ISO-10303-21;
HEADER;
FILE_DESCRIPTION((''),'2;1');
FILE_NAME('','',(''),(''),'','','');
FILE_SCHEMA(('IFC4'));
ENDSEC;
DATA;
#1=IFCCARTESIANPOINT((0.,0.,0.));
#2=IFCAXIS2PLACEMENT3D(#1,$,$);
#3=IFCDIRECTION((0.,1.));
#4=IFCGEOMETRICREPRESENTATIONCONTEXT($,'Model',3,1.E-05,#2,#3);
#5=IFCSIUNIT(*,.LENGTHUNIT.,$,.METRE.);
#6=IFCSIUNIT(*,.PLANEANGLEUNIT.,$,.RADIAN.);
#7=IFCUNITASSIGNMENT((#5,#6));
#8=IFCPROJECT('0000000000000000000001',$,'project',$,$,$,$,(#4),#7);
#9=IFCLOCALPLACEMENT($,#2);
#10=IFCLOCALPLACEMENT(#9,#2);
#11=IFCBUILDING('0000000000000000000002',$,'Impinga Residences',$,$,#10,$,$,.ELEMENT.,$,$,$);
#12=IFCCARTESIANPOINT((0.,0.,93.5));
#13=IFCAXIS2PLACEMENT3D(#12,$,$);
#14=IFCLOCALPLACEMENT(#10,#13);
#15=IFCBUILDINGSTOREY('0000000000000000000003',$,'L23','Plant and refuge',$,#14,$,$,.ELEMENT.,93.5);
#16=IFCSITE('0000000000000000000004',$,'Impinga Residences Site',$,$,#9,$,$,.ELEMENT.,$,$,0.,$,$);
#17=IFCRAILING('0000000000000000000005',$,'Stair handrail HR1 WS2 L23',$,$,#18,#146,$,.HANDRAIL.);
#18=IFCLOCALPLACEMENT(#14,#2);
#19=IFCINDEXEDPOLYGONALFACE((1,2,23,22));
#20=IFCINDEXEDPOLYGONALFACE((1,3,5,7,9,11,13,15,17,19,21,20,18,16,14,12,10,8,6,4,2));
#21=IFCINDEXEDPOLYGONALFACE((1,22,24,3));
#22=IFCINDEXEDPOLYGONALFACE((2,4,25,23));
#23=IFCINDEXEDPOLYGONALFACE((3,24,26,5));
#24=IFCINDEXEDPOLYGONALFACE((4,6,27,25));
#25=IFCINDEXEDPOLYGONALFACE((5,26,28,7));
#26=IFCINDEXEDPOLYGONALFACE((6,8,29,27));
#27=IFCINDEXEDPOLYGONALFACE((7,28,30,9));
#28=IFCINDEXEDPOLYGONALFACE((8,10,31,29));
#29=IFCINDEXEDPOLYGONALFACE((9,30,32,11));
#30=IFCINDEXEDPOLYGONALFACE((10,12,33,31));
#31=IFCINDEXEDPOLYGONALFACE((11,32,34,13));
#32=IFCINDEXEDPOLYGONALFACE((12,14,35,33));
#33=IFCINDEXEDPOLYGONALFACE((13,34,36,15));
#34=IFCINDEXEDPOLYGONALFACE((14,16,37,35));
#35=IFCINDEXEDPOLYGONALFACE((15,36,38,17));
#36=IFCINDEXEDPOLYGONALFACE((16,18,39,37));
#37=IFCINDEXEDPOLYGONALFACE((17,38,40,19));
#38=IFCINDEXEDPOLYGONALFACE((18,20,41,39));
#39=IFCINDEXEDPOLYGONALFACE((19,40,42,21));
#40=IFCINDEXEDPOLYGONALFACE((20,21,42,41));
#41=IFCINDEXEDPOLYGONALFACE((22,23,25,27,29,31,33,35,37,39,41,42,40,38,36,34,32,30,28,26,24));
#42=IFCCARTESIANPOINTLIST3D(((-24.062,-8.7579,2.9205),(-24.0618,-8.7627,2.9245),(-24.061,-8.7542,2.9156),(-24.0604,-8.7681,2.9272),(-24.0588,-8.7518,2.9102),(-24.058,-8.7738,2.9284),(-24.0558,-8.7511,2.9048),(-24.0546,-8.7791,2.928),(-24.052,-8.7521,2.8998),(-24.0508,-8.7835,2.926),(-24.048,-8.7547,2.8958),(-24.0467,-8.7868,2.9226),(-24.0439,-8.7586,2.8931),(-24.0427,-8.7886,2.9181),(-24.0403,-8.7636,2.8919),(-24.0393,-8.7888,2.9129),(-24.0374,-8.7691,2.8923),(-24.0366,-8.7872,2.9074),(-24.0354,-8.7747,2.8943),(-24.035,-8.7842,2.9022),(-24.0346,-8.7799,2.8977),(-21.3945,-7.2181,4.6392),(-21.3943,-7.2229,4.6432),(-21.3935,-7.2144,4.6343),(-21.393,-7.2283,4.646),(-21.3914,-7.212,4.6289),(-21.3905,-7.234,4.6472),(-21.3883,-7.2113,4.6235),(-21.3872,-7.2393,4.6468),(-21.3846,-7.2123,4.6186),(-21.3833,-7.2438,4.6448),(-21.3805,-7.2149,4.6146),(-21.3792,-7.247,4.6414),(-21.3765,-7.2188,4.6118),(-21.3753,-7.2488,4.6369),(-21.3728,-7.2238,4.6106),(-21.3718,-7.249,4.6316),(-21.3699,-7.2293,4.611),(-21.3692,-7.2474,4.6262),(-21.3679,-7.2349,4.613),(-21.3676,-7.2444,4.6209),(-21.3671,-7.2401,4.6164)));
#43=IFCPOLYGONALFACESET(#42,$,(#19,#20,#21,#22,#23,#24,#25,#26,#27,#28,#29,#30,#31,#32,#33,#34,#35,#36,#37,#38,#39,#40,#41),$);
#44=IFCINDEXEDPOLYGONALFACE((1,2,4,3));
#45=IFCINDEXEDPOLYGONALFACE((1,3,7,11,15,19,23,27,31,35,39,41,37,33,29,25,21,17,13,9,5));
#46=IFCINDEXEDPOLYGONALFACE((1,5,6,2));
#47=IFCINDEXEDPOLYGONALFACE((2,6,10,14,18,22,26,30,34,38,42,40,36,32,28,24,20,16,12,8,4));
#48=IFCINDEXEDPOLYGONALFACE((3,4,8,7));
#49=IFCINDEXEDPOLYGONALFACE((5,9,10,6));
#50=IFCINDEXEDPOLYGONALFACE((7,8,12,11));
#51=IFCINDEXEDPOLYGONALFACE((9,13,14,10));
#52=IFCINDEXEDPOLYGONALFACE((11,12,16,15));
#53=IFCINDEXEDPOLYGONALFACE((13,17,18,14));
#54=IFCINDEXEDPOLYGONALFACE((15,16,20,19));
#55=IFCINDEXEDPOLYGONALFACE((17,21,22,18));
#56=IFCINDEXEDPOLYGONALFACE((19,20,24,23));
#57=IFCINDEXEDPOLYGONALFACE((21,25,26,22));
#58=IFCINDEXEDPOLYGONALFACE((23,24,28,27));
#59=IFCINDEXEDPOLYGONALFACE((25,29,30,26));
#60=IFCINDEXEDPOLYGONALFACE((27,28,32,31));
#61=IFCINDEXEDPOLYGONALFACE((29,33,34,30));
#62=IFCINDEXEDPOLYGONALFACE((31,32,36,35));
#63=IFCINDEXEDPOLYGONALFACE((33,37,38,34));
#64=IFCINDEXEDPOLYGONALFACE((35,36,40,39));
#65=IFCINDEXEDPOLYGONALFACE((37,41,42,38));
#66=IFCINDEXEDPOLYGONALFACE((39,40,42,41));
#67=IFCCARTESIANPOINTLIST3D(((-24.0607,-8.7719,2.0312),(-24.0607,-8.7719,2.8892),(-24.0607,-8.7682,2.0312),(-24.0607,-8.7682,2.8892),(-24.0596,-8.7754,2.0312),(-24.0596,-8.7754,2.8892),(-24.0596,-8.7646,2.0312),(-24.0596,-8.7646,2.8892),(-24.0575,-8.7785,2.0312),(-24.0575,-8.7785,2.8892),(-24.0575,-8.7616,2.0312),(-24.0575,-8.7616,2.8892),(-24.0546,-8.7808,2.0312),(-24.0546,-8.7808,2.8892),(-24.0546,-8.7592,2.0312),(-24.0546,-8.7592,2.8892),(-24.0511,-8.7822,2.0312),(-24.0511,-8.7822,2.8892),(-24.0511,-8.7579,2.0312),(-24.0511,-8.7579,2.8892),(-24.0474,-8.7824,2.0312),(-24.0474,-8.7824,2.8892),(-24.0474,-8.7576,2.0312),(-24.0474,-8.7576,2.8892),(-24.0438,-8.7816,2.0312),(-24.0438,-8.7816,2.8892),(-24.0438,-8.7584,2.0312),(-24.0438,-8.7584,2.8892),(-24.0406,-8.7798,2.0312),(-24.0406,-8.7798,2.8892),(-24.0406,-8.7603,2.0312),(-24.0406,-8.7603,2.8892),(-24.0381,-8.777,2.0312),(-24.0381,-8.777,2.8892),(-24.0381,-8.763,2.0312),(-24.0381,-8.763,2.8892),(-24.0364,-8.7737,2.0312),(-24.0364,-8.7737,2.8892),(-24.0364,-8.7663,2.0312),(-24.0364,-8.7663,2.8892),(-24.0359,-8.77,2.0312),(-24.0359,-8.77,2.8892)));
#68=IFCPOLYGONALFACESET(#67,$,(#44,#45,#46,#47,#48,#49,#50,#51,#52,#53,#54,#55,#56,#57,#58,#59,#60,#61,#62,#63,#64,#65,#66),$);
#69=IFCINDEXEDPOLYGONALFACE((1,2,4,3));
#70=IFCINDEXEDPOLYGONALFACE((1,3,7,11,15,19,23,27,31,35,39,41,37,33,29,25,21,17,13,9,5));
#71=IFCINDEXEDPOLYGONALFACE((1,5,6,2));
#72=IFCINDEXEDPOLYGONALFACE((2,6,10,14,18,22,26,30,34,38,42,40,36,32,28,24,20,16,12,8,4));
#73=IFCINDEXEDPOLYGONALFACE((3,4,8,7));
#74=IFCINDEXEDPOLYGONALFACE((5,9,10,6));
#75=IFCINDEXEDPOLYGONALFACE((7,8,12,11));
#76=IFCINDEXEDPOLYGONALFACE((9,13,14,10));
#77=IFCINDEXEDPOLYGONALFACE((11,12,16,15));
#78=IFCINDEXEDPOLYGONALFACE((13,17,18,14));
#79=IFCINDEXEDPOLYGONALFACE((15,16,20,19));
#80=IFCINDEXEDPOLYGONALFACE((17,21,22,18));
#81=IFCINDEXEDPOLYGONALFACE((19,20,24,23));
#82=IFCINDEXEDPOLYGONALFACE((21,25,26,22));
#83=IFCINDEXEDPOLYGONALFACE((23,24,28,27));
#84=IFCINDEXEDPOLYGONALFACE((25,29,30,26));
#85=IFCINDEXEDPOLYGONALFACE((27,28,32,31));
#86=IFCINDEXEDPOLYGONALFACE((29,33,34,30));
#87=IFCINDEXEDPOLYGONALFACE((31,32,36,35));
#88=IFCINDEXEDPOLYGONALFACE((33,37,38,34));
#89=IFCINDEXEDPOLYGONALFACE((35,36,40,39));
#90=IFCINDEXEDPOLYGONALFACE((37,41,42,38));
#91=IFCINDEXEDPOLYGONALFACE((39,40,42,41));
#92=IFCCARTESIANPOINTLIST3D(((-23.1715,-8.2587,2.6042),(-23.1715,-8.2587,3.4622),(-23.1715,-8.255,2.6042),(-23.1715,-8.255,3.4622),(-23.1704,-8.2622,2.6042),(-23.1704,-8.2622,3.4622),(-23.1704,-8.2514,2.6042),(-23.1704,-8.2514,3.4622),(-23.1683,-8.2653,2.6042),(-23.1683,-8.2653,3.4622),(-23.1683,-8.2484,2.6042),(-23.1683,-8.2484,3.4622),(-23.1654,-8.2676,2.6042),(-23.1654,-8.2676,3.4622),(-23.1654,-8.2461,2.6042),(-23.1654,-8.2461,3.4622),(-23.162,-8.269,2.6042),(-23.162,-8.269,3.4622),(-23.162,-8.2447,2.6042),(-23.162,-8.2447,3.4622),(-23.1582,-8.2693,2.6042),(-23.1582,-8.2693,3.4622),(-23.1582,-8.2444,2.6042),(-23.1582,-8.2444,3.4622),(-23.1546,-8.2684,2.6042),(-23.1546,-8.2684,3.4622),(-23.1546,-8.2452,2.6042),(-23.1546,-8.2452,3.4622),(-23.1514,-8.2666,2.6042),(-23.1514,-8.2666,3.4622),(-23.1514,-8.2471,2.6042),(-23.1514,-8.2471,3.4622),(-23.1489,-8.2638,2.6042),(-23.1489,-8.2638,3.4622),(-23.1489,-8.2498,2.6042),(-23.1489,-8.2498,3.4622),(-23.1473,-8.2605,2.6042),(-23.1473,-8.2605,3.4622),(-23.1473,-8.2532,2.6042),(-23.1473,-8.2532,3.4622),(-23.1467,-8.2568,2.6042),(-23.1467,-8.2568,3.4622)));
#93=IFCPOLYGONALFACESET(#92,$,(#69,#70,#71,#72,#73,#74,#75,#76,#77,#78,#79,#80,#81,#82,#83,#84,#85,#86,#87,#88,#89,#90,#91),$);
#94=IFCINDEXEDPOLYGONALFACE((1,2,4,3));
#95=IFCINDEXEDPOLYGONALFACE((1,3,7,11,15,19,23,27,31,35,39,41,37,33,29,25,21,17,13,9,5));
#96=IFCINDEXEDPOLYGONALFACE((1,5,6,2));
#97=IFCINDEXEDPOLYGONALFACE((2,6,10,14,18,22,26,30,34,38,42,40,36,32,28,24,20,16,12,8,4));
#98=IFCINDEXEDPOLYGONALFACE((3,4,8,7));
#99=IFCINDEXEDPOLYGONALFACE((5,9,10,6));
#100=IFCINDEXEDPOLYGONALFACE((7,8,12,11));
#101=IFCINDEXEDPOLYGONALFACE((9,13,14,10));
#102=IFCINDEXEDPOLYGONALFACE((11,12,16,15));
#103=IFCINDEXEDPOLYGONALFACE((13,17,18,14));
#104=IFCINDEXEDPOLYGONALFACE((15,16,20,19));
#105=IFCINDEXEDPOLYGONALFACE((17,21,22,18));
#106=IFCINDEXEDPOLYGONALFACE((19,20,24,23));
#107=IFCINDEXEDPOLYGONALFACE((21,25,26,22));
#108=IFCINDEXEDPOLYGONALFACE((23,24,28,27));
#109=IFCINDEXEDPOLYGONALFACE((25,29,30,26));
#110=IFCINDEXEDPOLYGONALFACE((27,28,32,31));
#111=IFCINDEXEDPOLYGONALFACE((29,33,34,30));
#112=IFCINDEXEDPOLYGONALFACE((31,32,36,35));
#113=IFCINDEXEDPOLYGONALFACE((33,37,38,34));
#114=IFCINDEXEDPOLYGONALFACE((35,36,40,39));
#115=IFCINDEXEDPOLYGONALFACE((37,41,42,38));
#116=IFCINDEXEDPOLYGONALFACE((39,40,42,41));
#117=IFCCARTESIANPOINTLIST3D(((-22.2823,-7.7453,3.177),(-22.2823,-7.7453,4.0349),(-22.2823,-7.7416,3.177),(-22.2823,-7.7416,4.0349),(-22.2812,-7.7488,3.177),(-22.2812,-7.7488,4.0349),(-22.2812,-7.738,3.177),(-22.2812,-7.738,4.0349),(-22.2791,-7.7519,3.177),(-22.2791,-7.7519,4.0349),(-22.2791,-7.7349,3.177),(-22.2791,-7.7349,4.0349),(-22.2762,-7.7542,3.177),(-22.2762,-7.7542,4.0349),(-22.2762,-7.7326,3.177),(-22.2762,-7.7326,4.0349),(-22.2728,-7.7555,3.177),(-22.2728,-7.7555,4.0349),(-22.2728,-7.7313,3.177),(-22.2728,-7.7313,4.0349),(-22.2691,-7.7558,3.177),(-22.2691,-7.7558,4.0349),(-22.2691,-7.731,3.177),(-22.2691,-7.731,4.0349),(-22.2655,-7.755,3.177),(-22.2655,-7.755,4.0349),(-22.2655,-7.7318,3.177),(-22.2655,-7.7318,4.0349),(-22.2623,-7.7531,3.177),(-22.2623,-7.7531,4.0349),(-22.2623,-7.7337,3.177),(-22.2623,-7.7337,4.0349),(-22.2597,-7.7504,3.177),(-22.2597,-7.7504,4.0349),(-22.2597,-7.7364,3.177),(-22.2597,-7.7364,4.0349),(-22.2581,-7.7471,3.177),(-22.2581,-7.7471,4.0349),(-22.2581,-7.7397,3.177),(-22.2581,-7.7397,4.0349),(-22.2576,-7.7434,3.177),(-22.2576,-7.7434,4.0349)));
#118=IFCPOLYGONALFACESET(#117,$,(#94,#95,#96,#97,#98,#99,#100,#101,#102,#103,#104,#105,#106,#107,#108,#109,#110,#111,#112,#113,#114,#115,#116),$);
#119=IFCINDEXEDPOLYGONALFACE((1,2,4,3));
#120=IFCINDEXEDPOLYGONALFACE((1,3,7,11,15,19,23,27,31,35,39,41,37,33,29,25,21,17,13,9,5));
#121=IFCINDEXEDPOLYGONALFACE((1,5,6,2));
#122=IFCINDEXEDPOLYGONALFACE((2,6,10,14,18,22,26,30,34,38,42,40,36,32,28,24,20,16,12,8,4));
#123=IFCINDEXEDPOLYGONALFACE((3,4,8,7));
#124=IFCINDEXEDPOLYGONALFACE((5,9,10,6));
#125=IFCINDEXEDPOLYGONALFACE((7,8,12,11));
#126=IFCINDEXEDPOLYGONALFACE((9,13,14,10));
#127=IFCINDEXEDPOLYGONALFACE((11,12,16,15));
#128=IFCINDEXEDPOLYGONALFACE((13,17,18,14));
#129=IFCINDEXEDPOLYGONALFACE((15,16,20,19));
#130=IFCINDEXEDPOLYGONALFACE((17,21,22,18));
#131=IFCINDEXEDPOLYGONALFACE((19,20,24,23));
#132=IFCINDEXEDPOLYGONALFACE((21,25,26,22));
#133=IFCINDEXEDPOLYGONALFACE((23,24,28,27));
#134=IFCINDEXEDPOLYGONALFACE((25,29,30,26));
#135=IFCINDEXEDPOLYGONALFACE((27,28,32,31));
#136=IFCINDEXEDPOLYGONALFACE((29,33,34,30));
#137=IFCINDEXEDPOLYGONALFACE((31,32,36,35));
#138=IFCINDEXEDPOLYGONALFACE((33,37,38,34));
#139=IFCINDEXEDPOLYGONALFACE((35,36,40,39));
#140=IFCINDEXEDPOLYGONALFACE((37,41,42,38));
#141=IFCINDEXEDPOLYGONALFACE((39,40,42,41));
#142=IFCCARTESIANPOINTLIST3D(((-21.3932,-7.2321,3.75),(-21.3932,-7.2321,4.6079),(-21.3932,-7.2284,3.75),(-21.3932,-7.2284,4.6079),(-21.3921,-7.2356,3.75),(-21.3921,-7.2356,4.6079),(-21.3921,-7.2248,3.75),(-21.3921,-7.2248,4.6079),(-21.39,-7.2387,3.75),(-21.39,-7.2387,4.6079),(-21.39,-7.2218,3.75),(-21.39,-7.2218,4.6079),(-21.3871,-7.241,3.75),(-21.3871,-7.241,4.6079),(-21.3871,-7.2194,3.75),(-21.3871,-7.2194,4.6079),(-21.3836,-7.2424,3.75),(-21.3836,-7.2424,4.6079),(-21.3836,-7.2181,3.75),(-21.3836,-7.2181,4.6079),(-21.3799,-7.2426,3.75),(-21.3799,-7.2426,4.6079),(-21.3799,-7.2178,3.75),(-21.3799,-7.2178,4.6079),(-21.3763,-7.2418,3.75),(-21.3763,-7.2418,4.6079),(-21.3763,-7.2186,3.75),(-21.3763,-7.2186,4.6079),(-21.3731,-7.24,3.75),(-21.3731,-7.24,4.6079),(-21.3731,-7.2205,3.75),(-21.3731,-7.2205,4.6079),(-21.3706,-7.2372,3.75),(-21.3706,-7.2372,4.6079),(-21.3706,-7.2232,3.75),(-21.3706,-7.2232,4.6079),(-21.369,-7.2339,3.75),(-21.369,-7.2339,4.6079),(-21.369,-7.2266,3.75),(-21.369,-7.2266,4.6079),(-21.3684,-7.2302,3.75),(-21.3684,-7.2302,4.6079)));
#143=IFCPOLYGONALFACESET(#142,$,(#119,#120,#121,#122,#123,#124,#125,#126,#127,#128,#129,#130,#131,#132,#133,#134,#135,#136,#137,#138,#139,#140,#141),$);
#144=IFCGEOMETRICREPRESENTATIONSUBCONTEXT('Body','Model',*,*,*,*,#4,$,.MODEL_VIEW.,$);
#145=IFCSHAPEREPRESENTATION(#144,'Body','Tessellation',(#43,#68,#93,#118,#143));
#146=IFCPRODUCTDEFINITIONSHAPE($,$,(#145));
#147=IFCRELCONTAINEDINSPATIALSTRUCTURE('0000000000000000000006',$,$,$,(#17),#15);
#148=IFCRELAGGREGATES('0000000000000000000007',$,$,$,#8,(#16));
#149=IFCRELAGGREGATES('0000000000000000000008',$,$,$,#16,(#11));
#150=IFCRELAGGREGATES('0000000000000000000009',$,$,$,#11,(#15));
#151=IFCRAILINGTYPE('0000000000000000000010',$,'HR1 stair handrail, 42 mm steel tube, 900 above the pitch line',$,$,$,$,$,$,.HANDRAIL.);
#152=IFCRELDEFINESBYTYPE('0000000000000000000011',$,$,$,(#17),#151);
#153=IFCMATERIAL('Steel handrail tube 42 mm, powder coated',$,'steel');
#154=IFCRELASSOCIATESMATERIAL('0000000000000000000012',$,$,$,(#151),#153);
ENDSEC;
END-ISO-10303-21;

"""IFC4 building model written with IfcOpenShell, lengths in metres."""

from ifc_helpers import new_model, si_unit, direction, frame, origin, origin_2d, place, context, subcontext, project, spatial, circle, extrude, material, type_object, element, save


model = new_model("IFC4")

# Units and contexts
model_context = context("Model", 3, precision=1e-05, world=origin(), true_north=direction((0.0, 1.0)))
body_context = subcontext(model_context, "Body", "Model", "MODEL_VIEW")
ifc_project = project(units=[si_unit("LENGTHUNIT", "METRE"), si_unit("PLANEANGLEUNIT", "RADIAN")], contexts=[model_context])

# Site, building, storey
site_placement = place(None, origin())
site = spatial("IfcSite", under=ifc_project, at=site_placement, Name="Impinga Residences Site", CompositionType="ELEMENT", RefElevation=0.0)
building_placement = place(site_placement, origin())
building = spatial("IfcBuilding", under=site, at=building_placement, Name="Impinga Residences", CompositionType="ELEMENT")
storey_placement = place(building_placement, frame((0.0, 0.0, 93.5)))
storey = spatial("IfcBuildingStorey", under=building, at=storey_placement, Name="L23", Description="Plant and refuge", CompositionType="ELEMENT", Elevation=93.5)

# Railing
ifc_material_1 = material(Name="Steel handrail tube 42 mm, powder coated", Category="steel")
railing_type_1 = type_object("IfcRailingType", Name="HR1 stair handrail, 42 mm steel tube, 900 above the pitch line", PredefinedType="HANDRAIL", material=ifc_material_1)
railing_1_placement = place(storey_placement, frame((-24.0483, -8.77, 2.0312)))
element("IfcRailing", 1, at=railing_1_placement, inside=storey, type_object=railing_type_1, Name="Stair handrail HR1 WS2 L23", PredefinedType="HANDRAIL", context=body_context, shape_type="SweptSolid", body=[
    extrude(circle(Radius=0.021, at=origin_2d()), frame((0.0, 0.0, 0.8789), z_axis=(0.756279, 0.43656, 0.487297), x_axis=(-0.499933, 0.866064, 0.0)), (0.0, 0.0, 1.0), 3.5271),
    extrude(circle(Radius=0.0125, at=origin_2d()), origin(), (0.0, 0.0, 1.0), 0.8579),
    extrude(circle(Radius=0.0125, at=origin_2d()), frame((0.8892, 0.5132, 0.573)), (0.0, 0.0, 1.0), 0.8579),
    extrude(circle(Radius=0.0125, at=origin_2d()), frame((1.7783, 1.0266, 1.1458)), (0.0, 0.0, 1.0), 0.8579),
    extrude(circle(Radius=0.0125, at=origin_2d()), frame((2.6675, 1.5398, 1.7188)), (0.0, 0.0, 1.0), 0.8579),
])

save(model, "model.ifc")
